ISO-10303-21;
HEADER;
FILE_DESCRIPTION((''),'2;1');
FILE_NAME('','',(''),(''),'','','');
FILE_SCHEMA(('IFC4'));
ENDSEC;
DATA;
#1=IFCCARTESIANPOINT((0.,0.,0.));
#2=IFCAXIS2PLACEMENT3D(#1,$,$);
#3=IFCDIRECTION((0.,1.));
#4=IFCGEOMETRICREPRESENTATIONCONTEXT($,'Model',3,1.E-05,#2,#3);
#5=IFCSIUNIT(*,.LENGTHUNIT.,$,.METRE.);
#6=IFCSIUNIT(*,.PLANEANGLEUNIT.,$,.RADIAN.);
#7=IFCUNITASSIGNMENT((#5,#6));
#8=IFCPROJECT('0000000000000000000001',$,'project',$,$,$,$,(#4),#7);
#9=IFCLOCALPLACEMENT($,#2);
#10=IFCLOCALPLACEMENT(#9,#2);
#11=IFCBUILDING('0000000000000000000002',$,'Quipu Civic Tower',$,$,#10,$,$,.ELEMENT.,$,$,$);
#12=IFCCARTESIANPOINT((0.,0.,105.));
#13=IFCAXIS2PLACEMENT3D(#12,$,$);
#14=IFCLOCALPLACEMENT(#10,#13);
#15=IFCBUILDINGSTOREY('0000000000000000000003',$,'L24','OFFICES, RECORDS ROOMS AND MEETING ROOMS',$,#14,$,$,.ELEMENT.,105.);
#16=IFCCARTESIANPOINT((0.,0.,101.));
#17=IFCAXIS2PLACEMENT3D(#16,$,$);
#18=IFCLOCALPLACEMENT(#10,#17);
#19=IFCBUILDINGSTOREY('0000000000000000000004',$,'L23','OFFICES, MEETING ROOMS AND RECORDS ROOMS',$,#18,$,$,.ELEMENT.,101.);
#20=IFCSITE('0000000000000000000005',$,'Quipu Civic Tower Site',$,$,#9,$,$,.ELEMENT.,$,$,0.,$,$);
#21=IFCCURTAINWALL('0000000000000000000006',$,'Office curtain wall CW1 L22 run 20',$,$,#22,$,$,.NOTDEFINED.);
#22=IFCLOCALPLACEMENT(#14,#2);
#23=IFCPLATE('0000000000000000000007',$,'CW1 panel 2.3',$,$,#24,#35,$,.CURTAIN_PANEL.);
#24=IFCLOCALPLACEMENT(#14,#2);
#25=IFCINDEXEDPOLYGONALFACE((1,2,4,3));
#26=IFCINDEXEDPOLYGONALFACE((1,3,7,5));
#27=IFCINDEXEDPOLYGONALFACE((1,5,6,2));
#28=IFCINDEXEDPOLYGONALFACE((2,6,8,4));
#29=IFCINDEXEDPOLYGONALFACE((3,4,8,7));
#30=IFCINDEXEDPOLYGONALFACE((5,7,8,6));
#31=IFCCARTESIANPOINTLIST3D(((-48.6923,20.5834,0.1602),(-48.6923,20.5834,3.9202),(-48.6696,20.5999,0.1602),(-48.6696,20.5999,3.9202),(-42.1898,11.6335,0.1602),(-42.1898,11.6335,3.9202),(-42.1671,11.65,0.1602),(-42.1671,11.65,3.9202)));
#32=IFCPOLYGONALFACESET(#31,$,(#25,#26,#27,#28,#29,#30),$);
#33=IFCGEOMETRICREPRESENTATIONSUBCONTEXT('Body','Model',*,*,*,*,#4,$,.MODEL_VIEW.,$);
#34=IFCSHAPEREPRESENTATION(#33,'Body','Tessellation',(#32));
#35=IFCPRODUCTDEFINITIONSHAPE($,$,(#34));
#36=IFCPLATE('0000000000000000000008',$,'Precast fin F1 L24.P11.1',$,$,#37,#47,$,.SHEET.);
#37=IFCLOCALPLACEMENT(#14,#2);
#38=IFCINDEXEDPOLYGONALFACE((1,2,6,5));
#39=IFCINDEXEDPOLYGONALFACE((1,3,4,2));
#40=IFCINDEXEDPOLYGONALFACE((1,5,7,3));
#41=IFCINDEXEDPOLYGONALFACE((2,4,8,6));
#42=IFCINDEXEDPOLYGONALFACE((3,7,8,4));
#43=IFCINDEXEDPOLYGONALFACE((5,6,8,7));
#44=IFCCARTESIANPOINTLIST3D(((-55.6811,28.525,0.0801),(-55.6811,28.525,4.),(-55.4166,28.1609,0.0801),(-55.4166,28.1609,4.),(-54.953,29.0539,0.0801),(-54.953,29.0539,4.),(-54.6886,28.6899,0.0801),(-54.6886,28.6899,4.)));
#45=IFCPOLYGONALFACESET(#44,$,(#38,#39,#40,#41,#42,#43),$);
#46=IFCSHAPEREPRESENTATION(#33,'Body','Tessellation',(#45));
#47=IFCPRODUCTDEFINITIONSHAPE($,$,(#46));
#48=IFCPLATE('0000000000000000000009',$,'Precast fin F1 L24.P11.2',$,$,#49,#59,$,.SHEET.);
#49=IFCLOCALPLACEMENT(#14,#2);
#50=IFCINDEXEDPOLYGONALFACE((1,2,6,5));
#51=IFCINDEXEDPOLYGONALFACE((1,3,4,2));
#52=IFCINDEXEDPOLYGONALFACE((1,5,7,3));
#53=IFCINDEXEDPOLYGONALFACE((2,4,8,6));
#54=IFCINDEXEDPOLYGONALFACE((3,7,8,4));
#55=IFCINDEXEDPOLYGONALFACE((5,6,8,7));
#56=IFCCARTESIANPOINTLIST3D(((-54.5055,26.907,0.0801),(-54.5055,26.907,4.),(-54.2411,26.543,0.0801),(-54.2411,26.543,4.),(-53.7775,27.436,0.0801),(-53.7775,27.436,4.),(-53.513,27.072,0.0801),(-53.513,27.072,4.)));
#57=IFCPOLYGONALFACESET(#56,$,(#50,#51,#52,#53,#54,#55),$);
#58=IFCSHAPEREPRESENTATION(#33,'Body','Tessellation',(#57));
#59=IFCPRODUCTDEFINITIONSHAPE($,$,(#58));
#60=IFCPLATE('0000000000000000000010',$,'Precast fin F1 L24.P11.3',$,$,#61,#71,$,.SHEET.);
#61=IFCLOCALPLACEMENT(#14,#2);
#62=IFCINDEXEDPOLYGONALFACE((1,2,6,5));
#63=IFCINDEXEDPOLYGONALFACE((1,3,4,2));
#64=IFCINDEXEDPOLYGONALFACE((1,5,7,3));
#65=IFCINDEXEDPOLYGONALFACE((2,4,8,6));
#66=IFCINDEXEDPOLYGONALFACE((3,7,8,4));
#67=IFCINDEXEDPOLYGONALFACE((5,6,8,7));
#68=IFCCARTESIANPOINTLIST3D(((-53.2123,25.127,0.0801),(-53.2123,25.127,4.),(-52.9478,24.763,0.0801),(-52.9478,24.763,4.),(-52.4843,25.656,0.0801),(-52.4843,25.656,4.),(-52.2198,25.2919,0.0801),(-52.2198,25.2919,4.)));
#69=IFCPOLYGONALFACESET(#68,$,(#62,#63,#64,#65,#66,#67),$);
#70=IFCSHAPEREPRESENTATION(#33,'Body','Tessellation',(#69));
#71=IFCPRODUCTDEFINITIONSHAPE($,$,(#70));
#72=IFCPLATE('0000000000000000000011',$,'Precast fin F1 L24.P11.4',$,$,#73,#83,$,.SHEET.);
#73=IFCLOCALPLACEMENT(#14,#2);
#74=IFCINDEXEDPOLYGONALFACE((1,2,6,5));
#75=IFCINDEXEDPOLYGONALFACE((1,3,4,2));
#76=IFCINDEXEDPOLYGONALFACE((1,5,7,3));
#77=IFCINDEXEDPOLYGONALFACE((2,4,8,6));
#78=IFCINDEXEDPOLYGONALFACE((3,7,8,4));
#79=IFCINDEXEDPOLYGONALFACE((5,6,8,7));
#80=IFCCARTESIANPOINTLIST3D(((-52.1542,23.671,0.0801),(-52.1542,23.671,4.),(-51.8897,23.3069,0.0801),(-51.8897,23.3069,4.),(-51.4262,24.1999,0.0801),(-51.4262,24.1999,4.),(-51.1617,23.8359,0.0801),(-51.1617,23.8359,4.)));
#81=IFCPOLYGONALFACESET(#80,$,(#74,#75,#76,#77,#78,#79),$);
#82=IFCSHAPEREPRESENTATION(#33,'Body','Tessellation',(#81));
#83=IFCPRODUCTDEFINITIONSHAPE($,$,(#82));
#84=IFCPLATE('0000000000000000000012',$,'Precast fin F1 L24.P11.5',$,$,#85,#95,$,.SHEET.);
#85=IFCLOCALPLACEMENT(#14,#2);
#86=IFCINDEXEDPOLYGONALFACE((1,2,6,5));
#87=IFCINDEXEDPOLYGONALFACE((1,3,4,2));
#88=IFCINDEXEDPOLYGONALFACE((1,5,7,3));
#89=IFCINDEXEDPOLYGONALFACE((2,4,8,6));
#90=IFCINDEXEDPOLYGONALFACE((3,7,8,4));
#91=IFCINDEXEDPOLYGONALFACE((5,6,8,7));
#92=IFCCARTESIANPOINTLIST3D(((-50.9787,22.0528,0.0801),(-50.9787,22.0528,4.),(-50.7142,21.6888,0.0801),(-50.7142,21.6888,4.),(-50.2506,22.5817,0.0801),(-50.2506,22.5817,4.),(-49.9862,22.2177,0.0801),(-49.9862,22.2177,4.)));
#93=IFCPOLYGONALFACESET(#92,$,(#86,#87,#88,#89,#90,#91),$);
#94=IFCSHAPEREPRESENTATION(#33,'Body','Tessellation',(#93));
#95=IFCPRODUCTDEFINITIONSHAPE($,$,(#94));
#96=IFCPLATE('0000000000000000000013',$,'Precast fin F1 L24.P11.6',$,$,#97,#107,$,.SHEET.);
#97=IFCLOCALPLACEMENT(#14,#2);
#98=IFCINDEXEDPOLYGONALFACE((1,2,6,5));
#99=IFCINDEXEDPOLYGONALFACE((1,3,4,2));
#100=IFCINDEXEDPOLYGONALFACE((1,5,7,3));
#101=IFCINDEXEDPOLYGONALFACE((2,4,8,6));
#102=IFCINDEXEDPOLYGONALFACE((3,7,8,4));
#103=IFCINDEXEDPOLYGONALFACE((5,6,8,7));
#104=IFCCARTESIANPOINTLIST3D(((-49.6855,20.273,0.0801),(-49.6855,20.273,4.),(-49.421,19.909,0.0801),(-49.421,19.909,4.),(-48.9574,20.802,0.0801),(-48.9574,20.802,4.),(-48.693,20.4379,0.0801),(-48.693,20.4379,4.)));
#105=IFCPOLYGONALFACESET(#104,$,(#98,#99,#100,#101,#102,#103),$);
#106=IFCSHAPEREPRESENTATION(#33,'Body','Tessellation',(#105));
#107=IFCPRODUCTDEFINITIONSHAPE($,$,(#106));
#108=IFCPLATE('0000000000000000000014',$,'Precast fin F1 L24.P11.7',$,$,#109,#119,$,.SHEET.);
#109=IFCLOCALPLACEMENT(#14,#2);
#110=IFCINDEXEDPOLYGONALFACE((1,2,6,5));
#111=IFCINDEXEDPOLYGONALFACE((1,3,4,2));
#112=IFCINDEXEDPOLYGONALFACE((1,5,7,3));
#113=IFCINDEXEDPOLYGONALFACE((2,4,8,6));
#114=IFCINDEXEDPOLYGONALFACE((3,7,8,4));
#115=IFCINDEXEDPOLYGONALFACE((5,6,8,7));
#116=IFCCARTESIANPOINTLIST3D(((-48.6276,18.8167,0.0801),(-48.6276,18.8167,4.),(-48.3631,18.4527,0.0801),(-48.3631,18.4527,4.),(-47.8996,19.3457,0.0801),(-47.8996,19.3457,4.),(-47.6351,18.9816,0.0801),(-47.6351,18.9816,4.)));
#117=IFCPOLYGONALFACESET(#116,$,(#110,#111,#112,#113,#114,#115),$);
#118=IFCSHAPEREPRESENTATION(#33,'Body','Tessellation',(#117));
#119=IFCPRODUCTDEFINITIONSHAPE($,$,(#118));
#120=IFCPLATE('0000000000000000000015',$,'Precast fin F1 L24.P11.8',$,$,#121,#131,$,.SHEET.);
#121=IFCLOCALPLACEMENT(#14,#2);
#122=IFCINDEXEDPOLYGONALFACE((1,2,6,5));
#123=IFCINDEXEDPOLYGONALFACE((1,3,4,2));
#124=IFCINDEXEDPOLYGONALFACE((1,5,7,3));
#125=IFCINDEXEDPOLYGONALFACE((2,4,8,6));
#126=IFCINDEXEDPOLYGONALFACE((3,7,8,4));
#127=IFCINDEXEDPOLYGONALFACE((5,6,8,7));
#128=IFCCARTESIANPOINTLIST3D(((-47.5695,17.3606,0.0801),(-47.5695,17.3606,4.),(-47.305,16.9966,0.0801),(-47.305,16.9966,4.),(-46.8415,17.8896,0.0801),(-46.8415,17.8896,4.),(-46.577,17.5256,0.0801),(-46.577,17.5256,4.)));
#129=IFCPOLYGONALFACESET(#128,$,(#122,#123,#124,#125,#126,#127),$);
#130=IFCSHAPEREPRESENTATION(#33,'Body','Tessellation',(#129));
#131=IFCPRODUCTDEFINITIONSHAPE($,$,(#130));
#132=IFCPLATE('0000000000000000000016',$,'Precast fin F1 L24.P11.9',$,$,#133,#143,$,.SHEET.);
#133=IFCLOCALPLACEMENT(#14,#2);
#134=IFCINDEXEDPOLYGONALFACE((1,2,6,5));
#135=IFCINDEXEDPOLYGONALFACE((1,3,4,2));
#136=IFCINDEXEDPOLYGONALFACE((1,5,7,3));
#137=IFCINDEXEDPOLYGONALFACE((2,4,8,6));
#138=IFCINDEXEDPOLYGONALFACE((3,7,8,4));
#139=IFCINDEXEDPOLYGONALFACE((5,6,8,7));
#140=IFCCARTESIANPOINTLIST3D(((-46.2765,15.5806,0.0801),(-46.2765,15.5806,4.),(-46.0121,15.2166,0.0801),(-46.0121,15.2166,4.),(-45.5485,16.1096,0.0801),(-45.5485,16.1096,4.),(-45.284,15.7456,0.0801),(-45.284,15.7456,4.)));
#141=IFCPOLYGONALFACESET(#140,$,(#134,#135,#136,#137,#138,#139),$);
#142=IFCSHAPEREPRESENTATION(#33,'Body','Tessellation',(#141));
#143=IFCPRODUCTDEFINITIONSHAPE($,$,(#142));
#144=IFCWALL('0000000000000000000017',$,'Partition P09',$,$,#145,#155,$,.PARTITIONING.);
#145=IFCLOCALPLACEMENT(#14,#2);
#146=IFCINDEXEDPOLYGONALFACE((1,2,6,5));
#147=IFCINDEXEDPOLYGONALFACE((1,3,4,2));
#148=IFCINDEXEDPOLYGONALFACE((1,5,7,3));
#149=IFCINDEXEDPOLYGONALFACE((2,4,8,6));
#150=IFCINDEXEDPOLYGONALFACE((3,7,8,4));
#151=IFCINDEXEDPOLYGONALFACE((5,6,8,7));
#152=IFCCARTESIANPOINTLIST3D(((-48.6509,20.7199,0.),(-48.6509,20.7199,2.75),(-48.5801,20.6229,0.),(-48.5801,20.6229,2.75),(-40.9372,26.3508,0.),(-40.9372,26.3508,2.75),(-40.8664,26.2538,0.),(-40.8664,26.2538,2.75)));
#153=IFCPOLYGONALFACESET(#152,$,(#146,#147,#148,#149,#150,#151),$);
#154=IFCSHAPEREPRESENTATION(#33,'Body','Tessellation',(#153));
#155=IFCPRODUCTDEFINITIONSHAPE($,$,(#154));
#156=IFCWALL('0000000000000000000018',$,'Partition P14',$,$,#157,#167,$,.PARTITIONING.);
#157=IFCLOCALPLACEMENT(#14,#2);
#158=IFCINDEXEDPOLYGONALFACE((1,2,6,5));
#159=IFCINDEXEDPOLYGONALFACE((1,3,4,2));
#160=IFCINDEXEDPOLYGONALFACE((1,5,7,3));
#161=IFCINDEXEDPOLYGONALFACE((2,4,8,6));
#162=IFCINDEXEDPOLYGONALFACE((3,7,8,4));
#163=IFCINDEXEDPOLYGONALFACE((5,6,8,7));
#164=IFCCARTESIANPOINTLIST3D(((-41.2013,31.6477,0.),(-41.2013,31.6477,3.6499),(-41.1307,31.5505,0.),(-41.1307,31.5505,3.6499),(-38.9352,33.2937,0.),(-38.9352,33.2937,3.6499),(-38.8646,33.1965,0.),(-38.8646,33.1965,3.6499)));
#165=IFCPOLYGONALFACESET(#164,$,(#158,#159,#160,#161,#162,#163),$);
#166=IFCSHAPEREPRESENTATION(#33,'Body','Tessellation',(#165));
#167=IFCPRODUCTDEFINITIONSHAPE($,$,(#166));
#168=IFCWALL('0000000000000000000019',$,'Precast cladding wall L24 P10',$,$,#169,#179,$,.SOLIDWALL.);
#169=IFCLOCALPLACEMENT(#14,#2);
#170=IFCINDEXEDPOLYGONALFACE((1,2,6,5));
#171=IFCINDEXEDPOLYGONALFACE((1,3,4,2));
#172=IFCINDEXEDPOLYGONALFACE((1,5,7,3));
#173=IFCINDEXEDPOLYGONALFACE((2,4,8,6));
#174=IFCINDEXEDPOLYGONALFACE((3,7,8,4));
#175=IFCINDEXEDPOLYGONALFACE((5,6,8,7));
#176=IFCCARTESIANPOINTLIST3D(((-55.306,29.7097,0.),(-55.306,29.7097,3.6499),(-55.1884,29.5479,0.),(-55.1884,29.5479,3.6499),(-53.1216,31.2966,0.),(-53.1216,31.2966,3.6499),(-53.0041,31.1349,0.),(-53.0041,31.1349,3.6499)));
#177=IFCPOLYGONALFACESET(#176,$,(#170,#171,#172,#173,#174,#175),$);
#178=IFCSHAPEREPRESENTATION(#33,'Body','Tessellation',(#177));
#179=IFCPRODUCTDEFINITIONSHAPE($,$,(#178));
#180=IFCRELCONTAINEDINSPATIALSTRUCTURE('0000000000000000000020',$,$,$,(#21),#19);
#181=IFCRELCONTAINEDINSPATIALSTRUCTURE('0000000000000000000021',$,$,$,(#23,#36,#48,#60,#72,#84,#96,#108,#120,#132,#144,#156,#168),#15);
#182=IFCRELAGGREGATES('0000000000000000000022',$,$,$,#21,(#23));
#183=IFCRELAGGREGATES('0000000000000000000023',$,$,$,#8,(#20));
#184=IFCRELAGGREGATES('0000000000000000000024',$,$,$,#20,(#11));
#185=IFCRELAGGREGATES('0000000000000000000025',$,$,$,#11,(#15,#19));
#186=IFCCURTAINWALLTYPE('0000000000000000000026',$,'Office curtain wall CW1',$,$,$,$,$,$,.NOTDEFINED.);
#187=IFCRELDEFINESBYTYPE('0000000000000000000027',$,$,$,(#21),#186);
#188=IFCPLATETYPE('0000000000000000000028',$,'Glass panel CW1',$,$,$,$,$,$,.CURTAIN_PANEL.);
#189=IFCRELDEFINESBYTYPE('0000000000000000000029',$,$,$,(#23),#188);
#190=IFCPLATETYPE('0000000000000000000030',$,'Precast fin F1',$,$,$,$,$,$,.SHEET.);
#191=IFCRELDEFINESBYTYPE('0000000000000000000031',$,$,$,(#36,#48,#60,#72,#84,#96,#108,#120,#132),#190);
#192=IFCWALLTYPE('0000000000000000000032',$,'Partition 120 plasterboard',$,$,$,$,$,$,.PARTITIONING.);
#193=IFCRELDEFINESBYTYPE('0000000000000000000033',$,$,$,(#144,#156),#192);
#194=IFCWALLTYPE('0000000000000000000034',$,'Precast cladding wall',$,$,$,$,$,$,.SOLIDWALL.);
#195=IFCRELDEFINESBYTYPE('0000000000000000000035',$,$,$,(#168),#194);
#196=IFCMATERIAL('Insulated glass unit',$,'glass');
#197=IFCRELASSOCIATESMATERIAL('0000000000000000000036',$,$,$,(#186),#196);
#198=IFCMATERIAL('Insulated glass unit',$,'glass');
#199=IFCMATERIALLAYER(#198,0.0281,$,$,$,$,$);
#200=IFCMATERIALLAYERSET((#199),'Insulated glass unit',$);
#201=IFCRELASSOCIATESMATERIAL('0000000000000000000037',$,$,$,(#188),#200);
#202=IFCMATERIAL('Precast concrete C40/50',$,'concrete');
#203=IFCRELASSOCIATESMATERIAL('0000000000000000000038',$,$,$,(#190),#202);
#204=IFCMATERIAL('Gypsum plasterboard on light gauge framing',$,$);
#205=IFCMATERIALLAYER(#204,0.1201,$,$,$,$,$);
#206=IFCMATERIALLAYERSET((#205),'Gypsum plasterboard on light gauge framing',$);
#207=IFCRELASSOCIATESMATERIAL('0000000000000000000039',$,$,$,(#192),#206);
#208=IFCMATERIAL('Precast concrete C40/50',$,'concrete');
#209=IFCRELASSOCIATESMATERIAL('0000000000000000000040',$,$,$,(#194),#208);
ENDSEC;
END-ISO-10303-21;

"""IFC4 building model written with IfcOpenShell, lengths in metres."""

from ifc_helpers import new_model, si_unit, direction, frame, frame_2d, origin, origin_2d, place, context, subcontext, project, spatial, rectangle, extrude, material, layer, layer_set, type_object, element, aggregate, save


model = new_model("IFC4")

# Units and contexts
model_context = context("Model", 3, precision=1e-05, world=origin(), true_north=direction((0.0, 1.0)))
body_context = subcontext(model_context, "Body", "Model", "MODEL_VIEW")
ifc_project = project(units=[si_unit("LENGTHUNIT", "METRE"), si_unit("PLANEANGLEUNIT", "RADIAN")], contexts=[model_context])

# Site, building, storey
site_placement = place(None, origin())
site = spatial("IfcSite", under=ifc_project, at=site_placement, Name="Quipu Civic Tower Site", CompositionType="ELEMENT", RefElevation=0.0)
building_placement = place(site_placement, origin())
building = spatial("IfcBuilding", under=site, at=building_placement, Name="Quipu Civic Tower", CompositionType="ELEMENT")
storey_1_placement = place(building_placement, frame((0.0, 0.0, 105.0)))
storey_1 = spatial("IfcBuildingStorey", under=building, at=storey_1_placement, Name="L24", Description="OFFICES, RECORDS ROOMS AND MEETING ROOMS", CompositionType="ELEMENT", Elevation=105.0)

# Shared definitions
storey_2_placement = place(building_placement, frame((0.0, 0.0, 101.0)))
storey_2 = spatial("IfcBuildingStorey", under=building, at=storey_2_placement, Name="L23", Description="OFFICES, MEETING ROOMS AND RECORDS ROOMS", CompositionType="ELEMENT", Elevation=101.0)

# Curtain wall, plate
ifc_material_1 = material(Name="Insulated glass unit", Category="glass")
curtain_wall_type = type_object("IfcCurtainWallType", Name="Office curtain wall CW1", PredefinedType="NOTDEFINED", material=ifc_material_1)
curtain_wall_placement = place(storey_2_placement, origin())
curtain_wall = element("IfcCurtainWall", 1, at=curtain_wall_placement, inside=storey_2, type_object=curtain_wall_type, Name="Office curtain wall CW1 L22 run 20", PredefinedType="NOTDEFINED")
ifc_material_2 = material(Name="Insulated glass unit", Category="glass")
ifc_layer_1 = layer(ifc_material_2, 0.0281)
ifc_layer_set_1 = layer_set([ifc_layer_1], Name="Insulated glass unit")
plate_type_1 = type_object("IfcPlateType", Name="Glass panel CW1", PredefinedType="CURTAIN_PANEL", material=ifc_layer_set_1)
plate_1_placement = place(storey_1_placement, frame((-45.4297, 16.1167, 0.1602), z_axis=(0.0, 0.0, 1.0), x_axis=(0.587786, -0.809017, 0.0)))
plate_1 = element("IfcPlate", 2, at=plate_1_placement, inside=storey_1, type_object=plate_type_1, Name="CW1 panel 2.3", PredefinedType="CURTAIN_PANEL", context=body_context, shape_type="SweptSolid", body=[
    extrude(rectangle(XDim=11.0627, YDim=0.0281, at=origin_2d()), origin(), (0.0, 0.0, 1.0), 3.76),
])
aggregate(curtain_wall, [plate_1])

# Plates
ifc_material_3 = material(Name="Precast concrete C40/50", Category="concrete")
plate_type_2 = type_object("IfcPlateType", Name="Precast fin F1", PredefinedType="SHEET", material=ifc_material_3)
for number, where, z_axis, x_axis, name in (
    (3, (-55.1848, 28.6074, 0.0801), (0.0, 0.0, 1.0), (0.587786, -0.809017, 0.0), "Precast fin F1 L24.P11.1"),
    (4, (-54.0093, 26.9895, 0.0801), (0.0, 0.0, 1.0), (0.587786, -0.809017, 0.0), "Precast fin F1 L24.P11.2"),
    (5, (-52.7161, 25.2095, 0.0801), (0.0, 0.0, 1.0), (0.587786, -0.809017, 0.0), "Precast fin F1 L24.P11.3"),
    (6, (-51.658, 23.7534, 0.0801), (0.0, 0.0, 1.0), (0.587786, -0.809017, 0.0), "Precast fin F1 L24.P11.4"),
    (7, (-50.4824, 22.1353, 0.0801), (0.0, 0.0, 1.0), (0.587786, -0.809017, 0.0), "Precast fin F1 L24.P11.5"),
    (8, (-49.1892, 20.3555, 0.0801), (0.0, 0.0, 1.0), (0.587786, -0.809017, 0.0), "Precast fin F1 L24.P11.6"),
    (9, (-48.1313, 18.8992, 0.0801), (0.0, 0.0, 1.0), (0.587786, -0.809017, 0.0), "Precast fin F1 L24.P11.7"),
    (10, (-47.0732, 17.4431, 0.0801), (0.0, 0.0, 1.0), (0.587786, -0.809017, 0.0), "Precast fin F1 L24.P11.8"),
    (11, (-45.7803, 15.6631, 0.0801), (0.0, 0.0, 1.0), (0.587786, -0.809017, 0.0), "Precast fin F1 L24.P11.9"),
):
    element("IfcPlate", number, at=place(storey_1_placement, frame(where, z_axis=z_axis, x_axis=x_axis)), inside=storey_1, type_object=plate_type_2, Name=name, PredefinedType="SHEET", context=body_context, shape_type="SweptSolid", body=[
        extrude(rectangle(XDim=0.45, YDim=0.8999, at=origin_2d()), origin(), (0.0, 0.0, 1.0), 3.9199),
    ])

# Walls
ifc_material_4 = material(Name="Gypsum plasterboard on light gauge framing")
ifc_layer_2 = layer(ifc_material_4, 0.1201)
ifc_layer_set_2 = layer_set([ifc_layer_2], Name="Gypsum plasterboard on light gauge framing")
wall_type_1 = type_object("IfcWallType", Name="Partition 120 plasterboard", PredefinedType="PARTITIONING", material=ifc_layer_set_2)
wall_1_placement = place(storey_1_placement, frame((-48.6155, 20.6714, 0.0), z_axis=(0.0, 0.0, 1.0), x_axis=(0.807691, 0.589606, 0.0)))
element("IfcWall", 12, at=wall_1_placement, inside=storey_1, type_object=wall_type_1, Name="Partition P09", PredefinedType="PARTITIONING", context=body_context, shape_type="SweptSolid", body=[
    extrude(rectangle(XDim=9.5503, YDim=0.1201, at=frame_2d((4.7751, 0.0))), origin(), (0.0, 0.0, 1.0), 2.75),
])
wall_2_placement = place(storey_1_placement, frame((-41.166, 31.5991, 0.0), z_axis=(0.0, 0.0, 1.0), x_axis=(0.80909, 0.587684, 0.0)))
element("IfcWall", 13, at=wall_2_placement, inside=storey_1, type_object=wall_type_1, Name="Partition P14", PredefinedType="PARTITIONING", context=body_context, shape_type="SweptSolid", body=[
    extrude(rectangle(XDim=2.8008, YDim=0.1201, at=frame_2d((1.4004, 0.0))), origin(), (0.0, 0.0, 1.0), 3.6499),
])
ifc_material_5 = material(Name="Precast concrete C40/50", Category="concrete")
wall_type_2 = type_object("IfcWallType", Name="Precast cladding wall", PredefinedType="SOLIDWALL", material=ifc_material_5)
wall_3_placement = place(storey_1_placement, frame((-53.0627, 31.2158, 0.0), z_axis=(0.0, 0.0, 1.0), x_axis=(-0.809033, -0.587763, 0.0)))
element("IfcWall", 14, at=wall_3_placement, inside=storey_1, type_object=wall_type_2, Name="Precast cladding wall L24 P10", PredefinedType="SOLIDWALL", context=body_context, shape_type="SweptSolid", body=[
    extrude(rectangle(XDim=2.7, YDim=0.2, at=frame_2d((1.3501, 0.0))), origin(), (0.0, 0.0, 1.0), 3.6499),
])

save(model, "model.ifc")
